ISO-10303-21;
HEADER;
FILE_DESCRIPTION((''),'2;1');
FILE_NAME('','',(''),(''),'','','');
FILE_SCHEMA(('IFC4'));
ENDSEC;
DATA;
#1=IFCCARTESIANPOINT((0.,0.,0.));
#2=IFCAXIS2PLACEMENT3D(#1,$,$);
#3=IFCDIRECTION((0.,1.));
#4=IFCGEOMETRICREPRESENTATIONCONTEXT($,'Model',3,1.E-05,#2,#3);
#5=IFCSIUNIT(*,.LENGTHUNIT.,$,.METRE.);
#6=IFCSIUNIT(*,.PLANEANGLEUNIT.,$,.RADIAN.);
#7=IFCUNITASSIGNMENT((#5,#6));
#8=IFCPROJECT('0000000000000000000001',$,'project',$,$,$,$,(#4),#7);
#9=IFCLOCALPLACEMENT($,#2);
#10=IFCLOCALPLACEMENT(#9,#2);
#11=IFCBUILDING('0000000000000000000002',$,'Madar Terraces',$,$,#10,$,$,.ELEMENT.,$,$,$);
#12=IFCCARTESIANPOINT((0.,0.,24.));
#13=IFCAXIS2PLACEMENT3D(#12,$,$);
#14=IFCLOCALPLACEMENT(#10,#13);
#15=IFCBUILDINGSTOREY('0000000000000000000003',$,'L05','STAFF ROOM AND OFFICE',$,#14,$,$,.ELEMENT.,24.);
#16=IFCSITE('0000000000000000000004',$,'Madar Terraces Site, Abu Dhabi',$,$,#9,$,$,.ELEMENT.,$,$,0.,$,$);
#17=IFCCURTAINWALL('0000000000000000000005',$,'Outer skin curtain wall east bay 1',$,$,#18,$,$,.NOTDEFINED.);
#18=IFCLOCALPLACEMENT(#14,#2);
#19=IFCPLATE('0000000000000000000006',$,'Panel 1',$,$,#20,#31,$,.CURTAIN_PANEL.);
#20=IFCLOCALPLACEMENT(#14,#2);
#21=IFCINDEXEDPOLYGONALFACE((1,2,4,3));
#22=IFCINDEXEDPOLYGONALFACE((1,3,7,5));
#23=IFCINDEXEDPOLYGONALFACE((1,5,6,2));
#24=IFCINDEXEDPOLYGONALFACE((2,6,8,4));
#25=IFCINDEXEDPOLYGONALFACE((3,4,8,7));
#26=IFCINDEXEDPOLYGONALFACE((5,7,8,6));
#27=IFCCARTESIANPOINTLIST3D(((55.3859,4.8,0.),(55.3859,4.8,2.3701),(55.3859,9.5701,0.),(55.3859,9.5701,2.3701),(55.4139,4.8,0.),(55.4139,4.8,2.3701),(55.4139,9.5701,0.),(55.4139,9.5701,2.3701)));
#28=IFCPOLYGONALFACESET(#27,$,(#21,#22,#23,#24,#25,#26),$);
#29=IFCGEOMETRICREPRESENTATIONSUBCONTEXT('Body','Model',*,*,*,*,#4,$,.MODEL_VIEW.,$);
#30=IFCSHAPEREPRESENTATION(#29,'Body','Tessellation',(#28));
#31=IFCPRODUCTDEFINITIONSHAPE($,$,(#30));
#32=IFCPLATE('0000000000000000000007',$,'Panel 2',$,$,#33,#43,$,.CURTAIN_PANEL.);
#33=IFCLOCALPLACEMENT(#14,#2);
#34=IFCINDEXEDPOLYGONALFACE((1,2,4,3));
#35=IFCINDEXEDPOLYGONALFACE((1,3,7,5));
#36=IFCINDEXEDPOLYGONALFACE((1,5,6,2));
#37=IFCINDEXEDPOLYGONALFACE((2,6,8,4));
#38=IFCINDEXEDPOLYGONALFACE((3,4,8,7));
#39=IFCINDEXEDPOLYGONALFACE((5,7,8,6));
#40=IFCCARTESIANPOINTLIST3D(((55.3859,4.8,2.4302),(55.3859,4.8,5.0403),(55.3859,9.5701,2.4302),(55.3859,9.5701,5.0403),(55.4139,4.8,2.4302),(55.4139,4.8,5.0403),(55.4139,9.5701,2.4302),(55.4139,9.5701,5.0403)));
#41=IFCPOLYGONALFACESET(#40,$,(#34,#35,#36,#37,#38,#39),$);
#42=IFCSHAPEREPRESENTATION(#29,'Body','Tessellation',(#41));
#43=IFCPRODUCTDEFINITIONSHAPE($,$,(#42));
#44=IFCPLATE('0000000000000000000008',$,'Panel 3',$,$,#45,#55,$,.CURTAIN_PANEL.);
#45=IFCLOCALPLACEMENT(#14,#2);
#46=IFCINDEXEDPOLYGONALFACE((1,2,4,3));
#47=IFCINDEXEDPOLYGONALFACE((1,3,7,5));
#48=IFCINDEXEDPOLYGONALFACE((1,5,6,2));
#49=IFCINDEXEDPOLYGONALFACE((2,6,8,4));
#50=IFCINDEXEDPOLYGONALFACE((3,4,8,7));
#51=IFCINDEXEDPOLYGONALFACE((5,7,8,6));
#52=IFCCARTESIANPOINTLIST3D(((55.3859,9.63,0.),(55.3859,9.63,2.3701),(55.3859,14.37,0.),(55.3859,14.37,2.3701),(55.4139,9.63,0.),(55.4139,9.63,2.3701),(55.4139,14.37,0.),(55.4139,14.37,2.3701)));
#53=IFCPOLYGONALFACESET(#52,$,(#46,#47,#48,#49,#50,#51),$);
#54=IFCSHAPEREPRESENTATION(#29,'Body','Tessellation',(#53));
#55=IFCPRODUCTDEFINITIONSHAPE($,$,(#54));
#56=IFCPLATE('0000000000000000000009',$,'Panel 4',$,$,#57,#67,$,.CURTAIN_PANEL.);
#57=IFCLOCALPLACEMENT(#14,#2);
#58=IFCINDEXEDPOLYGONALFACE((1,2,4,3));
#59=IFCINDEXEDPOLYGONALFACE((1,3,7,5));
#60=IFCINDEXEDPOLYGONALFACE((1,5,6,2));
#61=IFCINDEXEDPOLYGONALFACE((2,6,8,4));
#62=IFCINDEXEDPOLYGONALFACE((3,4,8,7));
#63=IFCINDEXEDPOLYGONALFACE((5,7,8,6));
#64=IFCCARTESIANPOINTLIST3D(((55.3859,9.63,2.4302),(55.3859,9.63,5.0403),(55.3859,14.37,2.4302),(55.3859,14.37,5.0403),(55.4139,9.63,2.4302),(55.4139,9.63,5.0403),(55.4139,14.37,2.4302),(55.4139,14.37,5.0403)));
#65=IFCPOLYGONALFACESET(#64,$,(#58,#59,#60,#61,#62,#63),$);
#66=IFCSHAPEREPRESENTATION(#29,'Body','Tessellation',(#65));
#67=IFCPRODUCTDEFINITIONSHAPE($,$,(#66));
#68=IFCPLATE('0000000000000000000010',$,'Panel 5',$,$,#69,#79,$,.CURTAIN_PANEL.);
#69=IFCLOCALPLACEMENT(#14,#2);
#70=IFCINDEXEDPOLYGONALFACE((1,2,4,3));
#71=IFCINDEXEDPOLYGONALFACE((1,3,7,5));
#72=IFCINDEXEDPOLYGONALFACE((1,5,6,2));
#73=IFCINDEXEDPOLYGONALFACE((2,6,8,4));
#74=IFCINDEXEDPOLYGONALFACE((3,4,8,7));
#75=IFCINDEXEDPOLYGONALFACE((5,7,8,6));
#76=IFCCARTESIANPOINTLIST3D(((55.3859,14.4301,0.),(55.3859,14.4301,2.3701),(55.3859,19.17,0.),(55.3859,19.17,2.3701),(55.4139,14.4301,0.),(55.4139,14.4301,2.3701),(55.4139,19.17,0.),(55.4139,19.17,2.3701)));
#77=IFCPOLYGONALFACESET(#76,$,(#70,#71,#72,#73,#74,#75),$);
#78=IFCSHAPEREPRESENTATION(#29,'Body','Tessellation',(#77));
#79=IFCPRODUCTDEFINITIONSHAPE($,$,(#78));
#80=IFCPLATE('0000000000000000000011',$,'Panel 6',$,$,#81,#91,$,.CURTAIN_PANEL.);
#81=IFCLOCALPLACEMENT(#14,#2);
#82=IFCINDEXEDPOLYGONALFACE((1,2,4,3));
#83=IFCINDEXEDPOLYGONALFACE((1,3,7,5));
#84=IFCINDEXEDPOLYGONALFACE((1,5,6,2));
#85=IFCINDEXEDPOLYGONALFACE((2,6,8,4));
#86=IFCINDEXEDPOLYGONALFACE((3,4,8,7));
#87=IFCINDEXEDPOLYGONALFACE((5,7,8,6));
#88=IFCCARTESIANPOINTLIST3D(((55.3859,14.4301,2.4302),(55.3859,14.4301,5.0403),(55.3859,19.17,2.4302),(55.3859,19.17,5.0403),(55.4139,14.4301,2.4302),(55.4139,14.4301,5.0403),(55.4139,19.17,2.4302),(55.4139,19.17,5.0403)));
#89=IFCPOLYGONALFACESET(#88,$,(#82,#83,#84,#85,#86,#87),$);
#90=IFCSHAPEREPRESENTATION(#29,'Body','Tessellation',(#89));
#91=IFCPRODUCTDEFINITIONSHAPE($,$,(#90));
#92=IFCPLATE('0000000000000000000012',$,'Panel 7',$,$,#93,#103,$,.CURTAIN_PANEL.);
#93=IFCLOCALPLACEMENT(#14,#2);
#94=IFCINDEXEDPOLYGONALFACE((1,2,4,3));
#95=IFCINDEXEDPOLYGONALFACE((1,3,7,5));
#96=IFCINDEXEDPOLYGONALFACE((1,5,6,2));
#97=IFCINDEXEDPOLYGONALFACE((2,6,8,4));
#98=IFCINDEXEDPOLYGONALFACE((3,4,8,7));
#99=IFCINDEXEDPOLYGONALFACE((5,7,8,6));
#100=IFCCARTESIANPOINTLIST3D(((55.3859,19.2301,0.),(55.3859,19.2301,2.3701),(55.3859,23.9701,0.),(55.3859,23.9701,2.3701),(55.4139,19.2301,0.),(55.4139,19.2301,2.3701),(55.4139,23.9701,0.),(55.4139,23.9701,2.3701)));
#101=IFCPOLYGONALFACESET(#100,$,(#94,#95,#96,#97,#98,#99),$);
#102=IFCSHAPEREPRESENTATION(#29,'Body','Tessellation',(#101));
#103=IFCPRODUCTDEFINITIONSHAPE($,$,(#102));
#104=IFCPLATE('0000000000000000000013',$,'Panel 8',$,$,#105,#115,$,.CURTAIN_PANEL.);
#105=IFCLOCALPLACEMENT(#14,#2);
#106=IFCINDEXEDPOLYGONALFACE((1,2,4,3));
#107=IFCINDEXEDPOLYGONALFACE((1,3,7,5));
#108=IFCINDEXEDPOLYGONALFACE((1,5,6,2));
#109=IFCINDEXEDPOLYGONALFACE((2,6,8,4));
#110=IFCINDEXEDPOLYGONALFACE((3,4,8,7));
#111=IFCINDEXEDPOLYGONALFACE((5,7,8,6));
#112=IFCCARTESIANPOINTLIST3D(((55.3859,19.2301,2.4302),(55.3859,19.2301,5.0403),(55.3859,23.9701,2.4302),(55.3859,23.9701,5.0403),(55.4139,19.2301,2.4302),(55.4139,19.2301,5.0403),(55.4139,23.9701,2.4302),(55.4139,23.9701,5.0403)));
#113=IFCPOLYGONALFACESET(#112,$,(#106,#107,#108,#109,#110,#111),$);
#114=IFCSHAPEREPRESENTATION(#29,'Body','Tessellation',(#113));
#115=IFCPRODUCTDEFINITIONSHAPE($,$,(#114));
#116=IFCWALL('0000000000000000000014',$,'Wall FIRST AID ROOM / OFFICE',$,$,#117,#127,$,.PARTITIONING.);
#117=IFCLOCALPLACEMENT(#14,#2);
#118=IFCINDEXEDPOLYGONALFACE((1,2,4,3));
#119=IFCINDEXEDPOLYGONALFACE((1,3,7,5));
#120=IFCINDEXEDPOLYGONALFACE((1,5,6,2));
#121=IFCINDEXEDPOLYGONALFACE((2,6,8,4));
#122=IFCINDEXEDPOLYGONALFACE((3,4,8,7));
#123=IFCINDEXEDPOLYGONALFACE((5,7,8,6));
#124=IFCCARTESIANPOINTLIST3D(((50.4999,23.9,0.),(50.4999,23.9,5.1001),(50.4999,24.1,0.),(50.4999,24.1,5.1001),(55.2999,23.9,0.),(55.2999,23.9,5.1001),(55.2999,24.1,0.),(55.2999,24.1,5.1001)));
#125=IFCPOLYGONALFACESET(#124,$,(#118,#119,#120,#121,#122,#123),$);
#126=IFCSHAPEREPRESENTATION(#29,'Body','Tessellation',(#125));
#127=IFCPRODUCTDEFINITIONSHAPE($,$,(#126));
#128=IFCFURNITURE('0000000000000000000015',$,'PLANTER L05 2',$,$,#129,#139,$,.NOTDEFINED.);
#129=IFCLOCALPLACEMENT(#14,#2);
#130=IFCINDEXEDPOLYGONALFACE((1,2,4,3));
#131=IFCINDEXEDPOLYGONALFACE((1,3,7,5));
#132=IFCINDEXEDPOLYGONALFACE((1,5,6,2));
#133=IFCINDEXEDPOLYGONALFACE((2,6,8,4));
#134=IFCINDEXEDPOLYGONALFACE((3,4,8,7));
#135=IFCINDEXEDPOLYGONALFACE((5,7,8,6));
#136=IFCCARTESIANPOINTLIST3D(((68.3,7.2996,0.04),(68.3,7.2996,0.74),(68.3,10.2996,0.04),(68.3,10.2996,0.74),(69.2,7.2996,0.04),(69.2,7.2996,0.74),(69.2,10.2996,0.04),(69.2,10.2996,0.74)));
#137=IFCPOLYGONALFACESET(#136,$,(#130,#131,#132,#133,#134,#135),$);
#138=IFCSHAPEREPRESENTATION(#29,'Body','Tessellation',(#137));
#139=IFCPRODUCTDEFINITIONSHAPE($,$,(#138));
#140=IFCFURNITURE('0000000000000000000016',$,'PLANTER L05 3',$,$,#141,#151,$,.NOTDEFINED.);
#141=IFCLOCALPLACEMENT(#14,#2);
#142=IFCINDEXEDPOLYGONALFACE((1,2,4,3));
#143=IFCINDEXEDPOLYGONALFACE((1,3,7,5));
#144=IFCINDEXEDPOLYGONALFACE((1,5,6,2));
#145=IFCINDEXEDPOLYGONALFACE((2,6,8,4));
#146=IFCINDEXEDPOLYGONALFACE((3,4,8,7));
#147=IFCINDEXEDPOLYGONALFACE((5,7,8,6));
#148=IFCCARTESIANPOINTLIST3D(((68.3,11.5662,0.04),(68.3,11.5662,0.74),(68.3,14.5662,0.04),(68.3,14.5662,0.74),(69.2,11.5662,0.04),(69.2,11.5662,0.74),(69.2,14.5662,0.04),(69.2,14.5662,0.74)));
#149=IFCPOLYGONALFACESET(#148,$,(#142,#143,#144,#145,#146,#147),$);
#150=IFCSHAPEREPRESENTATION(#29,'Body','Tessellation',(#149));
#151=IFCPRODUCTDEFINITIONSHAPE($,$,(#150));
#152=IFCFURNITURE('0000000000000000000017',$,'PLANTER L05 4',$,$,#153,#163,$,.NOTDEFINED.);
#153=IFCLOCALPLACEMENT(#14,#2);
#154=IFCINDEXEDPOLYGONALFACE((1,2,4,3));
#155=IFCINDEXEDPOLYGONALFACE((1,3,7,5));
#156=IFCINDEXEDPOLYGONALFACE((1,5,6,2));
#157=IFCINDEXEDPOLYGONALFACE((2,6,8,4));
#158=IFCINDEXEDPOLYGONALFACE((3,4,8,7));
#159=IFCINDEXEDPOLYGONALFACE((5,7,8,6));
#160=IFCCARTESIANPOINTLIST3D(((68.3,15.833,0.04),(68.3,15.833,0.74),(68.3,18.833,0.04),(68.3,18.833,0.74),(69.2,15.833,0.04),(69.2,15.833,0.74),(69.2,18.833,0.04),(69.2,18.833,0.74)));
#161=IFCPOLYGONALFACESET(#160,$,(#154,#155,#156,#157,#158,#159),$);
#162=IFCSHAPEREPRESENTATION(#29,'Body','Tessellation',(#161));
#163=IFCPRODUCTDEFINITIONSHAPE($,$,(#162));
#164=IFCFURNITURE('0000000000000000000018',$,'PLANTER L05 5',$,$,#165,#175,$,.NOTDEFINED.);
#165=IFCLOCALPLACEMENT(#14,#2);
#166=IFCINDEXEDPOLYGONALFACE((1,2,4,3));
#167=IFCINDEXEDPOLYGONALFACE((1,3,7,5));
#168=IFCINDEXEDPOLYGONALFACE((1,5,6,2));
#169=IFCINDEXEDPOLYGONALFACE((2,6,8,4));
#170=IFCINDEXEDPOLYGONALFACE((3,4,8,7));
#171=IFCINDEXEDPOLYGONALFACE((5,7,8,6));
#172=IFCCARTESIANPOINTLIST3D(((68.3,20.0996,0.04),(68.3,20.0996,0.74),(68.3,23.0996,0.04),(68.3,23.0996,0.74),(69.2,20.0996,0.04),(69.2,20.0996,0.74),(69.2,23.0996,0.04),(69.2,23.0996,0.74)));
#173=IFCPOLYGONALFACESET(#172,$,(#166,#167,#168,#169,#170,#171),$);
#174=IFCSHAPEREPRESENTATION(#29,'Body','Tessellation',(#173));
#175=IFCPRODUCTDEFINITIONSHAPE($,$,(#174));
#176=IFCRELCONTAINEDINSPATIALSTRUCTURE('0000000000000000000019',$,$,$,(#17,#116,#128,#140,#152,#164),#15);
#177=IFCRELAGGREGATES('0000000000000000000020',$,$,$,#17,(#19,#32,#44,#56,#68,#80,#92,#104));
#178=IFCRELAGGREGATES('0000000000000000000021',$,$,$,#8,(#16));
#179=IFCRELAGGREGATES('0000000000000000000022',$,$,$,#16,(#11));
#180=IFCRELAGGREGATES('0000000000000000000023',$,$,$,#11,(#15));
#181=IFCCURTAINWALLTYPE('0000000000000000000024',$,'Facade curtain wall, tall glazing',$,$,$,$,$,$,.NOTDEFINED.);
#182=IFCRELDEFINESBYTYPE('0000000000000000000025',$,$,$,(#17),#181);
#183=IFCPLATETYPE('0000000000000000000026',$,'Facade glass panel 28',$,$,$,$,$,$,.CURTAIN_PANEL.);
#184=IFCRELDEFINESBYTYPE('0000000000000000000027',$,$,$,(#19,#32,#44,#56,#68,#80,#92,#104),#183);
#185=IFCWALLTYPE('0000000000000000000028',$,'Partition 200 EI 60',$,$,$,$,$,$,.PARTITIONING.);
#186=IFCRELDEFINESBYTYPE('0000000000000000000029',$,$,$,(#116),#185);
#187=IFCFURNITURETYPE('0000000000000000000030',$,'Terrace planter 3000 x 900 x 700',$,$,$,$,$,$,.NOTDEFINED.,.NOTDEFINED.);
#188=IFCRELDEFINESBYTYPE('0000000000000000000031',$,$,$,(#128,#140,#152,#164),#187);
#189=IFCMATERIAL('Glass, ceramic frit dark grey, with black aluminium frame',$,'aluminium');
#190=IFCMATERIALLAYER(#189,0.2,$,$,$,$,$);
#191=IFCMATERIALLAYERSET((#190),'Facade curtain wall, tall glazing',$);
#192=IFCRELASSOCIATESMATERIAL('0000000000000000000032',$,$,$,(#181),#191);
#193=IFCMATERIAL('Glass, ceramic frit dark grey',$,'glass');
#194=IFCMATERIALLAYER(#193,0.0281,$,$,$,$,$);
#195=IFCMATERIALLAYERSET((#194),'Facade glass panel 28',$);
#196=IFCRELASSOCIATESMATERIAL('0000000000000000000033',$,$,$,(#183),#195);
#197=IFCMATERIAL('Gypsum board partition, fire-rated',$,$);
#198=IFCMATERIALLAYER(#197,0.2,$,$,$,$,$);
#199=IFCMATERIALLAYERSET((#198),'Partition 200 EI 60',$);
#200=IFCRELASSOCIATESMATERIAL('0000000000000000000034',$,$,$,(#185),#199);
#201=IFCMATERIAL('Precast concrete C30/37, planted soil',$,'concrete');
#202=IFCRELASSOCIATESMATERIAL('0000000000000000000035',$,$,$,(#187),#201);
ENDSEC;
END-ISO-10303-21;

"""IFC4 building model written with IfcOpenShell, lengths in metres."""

from ifc_helpers import new_model, si_unit, direction, frame, frame_2d, origin, origin_2d, place, context, subcontext, project, spatial, rectangle, extrude, material, layer, layer_set, type_object, element, aggregate, save


model = new_model("IFC4")

# Units and contexts
model_context = context("Model", 3, precision=1e-05, world=origin(), true_north=direction((0.0, 1.0)))
body_context = subcontext(model_context, "Body", "Model", "MODEL_VIEW")
ifc_project = project(units=[si_unit("LENGTHUNIT", "METRE"), si_unit("PLANEANGLEUNIT", "RADIAN")], contexts=[model_context])

# Site, building, storey
site_placement = place(None, origin())
site = spatial("IfcSite", under=ifc_project, at=site_placement, Name="Madar Terraces Site, Abu Dhabi", CompositionType="ELEMENT", RefElevation=0.0)
building_placement = place(site_placement, origin())
building = spatial("IfcBuilding", under=site, at=building_placement, Name="Madar Terraces", CompositionType="ELEMENT")
storey_placement = place(building_placement, frame((0.0, 0.0, 24.0)))
storey = spatial("IfcBuildingStorey", under=building, at=storey_placement, Name="L05", Description="STAFF ROOM AND OFFICE", CompositionType="ELEMENT", Elevation=24.0)

# Curtain wall
ifc_material_1 = material(Name="Glass, ceramic frit dark grey, with black aluminium frame", Category="aluminium")
ifc_layer_1 = layer(ifc_material_1, 0.2)
ifc_layer_set_1 = layer_set([ifc_layer_1], Name="Facade curtain wall, tall glazing")
curtain_wall_type = type_object("IfcCurtainWallType", Name="Facade curtain wall, tall glazing", PredefinedType="NOTDEFINED", material=ifc_layer_set_1)
curtain_wall_placement = place(storey_placement, origin())
curtain_wall = element("IfcCurtainWall", 1, at=curtain_wall_placement, inside=storey, type_object=curtain_wall_type, Name="Outer skin curtain wall east bay 1", PredefinedType="NOTDEFINED")

# Plates
ifc_material_2 = material(Name="Glass, ceramic frit dark grey", Category="glass")
ifc_layer_2 = layer(ifc_material_2, 0.0281)
ifc_layer_set_2 = layer_set([ifc_layer_2], Name="Facade glass panel 28")
plate_type = type_object("IfcPlateType", Name="Facade glass panel 28", PredefinedType="CURTAIN_PANEL", material=ifc_layer_set_2)
plate_1_placement = place(storey_placement, frame((55.3999, 7.1851, 0.0), z_axis=(0.0, 0.0, 1.0), x_axis=(0.0, 1.0, 0.0)))
plate_1 = element("IfcPlate", 2, at=plate_1_placement, type_object=plate_type, Name="Panel 1", PredefinedType="CURTAIN_PANEL", context=body_context, shape_type="SweptSolid", body=[
    extrude(rectangle(XDim=4.77, YDim=0.0281, at=origin_2d()), origin(), (0.0, 0.0, 1.0), 2.3701),
])
plate_2_placement = place(storey_placement, frame((55.3999, 7.1851, 2.4302), z_axis=(0.0, 0.0, 1.0), x_axis=(0.0, 1.0, 0.0)))
plate_2 = element("IfcPlate", 3, at=plate_2_placement, type_object=plate_type, Name="Panel 2", PredefinedType="CURTAIN_PANEL", context=body_context, shape_type="SweptSolid", body=[
    extrude(rectangle(XDim=4.77, YDim=0.0281, at=origin_2d()), origin(), (0.0, 0.0, 1.0), 2.6101),
])
plate_3_placement = place(storey_placement, frame((55.3999, 12.0, 0.0), z_axis=(0.0, 0.0, 1.0), x_axis=(0.0, 1.0, 0.0)))
plate_3 = element("IfcPlate", 4, at=plate_3_placement, type_object=plate_type, Name="Panel 3", PredefinedType="CURTAIN_PANEL", context=body_context, shape_type="SweptSolid", body=[
    extrude(rectangle(XDim=4.74, YDim=0.0281, at=origin_2d()), origin(), (0.0, 0.0, 1.0), 2.3701),
])
plate_4_placement = place(storey_placement, frame((55.3999, 12.0, 2.4302), z_axis=(0.0, 0.0, 1.0), x_axis=(0.0, 1.0, 0.0)))
plate_4 = element("IfcPlate", 5, at=plate_4_placement, type_object=plate_type, Name="Panel 4", PredefinedType="CURTAIN_PANEL", context=body_context, shape_type="SweptSolid", body=[
    extrude(rectangle(XDim=4.74, YDim=0.0281, at=origin_2d()), origin(), (0.0, 0.0, 1.0), 2.6101),
])
plate_5_placement = place(storey_placement, frame((55.3999, 16.8, 0.0), z_axis=(0.0, 0.0, 1.0), x_axis=(0.0, 1.0, 0.0)))
plate_5 = element("IfcPlate", 6, at=plate_5_placement, type_object=plate_type, Name="Panel 5", PredefinedType="CURTAIN_PANEL", context=body_context, shape_type="SweptSolid", body=[
    extrude(rectangle(XDim=4.74, YDim=0.0281, at=origin_2d()), origin(), (0.0, 0.0, 1.0), 2.3701),
])
plate_6_placement = place(storey_placement, frame((55.3999, 16.8, 2.4302), z_axis=(0.0, 0.0, 1.0), x_axis=(0.0, 1.0, 0.0)))
plate_6 = element("IfcPlate", 7, at=plate_6_placement, type_object=plate_type, Name="Panel 6", PredefinedType="CURTAIN_PANEL", context=body_context, shape_type="SweptSolid", body=[
    extrude(rectangle(XDim=4.74, YDim=0.0281, at=origin_2d()), origin(), (0.0, 0.0, 1.0), 2.6101),
])
plate_7_placement = place(storey_placement, frame((55.3999, 21.6001, 0.0), z_axis=(0.0, 0.0, 1.0), x_axis=(0.0, 1.0, 0.0)))
plate_7 = element("IfcPlate", 8, at=plate_7_placement, type_object=plate_type, Name="Panel 7", PredefinedType="CURTAIN_PANEL", context=body_context, shape_type="SweptSolid", body=[
    extrude(rectangle(XDim=4.74, YDim=0.0281, at=origin_2d()), origin(), (0.0, 0.0, 1.0), 2.3701),
])
plate_8_placement = place(storey_placement, frame((55.3999, 21.6001, 2.4302), z_axis=(0.0, 0.0, 1.0), x_axis=(0.0, 1.0, 0.0)))
plate_8 = element("IfcPlate", 9, at=plate_8_placement, type_object=plate_type, Name="Panel 8", PredefinedType="CURTAIN_PANEL", context=body_context, shape_type="SweptSolid", body=[
    extrude(rectangle(XDim=4.74, YDim=0.0281, at=origin_2d()), origin(), (0.0, 0.0, 1.0), 2.6101),
])
aggregate(curtain_wall, [plate_1, plate_2, plate_3, plate_4, plate_5, plate_6, plate_7, plate_8])

# Wall
ifc_material_3 = material(Name="Gypsum board partition, fire-rated")
ifc_layer_3 = layer(ifc_material_3, 0.2)
ifc_layer_set_3 = layer_set([ifc_layer_3], Name="Partition 200 EI 60")
wall_type_1 = type_object("IfcWallType", Name="Partition 200 EI 60", PredefinedType="PARTITIONING", material=ifc_layer_set_3)
wall_1_placement = place(storey_placement, frame((50.5, 24.0, 0.0), z_axis=(0.0, 0.0, 1.0), x_axis=(1.0, 0.0, 0.0)))
element("IfcWall", 10, at=wall_1_placement, inside=storey, type_object=wall_type_1, Name="Wall FIRST AID ROOM / OFFICE", PredefinedType="PARTITIONING", context=body_context, shape_type="SweptSolid", body=[
    extrude(rectangle(XDim=4.8, YDim=0.2, at=frame_2d((2.3999, 0.0))), origin(), (0.0, 0.0, 1.0), 5.1001),
])

# Furniture
ifc_material_4 = material(Name="Precast concrete C30/37, planted soil", Category="concrete")
furniture_type = type_object("IfcFurnitureType", Name="Terrace planter 3000 x 900 x 700", AssemblyPlace="NOTDEFINED", PredefinedType="NOTDEFINED", material=ifc_material_4)
for number, where, z_axis, x_axis, name in (
    (11, (68.75, 8.7996, 0.04), (0.0, 0.0, 1.0), (0.0, 1.0, 0.0), "PLANTER L05 2"),
    (12, (68.75, 13.0662, 0.04), (0.0, 0.0, 1.0), (0.0, 1.0, 0.0), "PLANTER L05 3"),
    (13, (68.75, 17.333, 0.04), (0.0, 0.0, 1.0), (0.0, 1.0, 0.0), "PLANTER L05 4"),
    (14, (68.75, 21.5996, 0.04), (0.0, 0.0, 1.0), (0.0, 1.0, 0.0), "PLANTER L05 5"),
):
    element("IfcFurniture", number, at=place(storey_placement, frame(where, z_axis=z_axis, x_axis=x_axis)), inside=storey, type_object=furniture_type, Name=name, PredefinedType="NOTDEFINED", context=body_context, shape_type="SweptSolid", body=[
        extrude(rectangle(XDim=3.0, YDim=0.8999, at=origin_2d()), origin(), (0.0, 0.0, 1.0), 0.7),
    ])

save(model, "model.ifc")
